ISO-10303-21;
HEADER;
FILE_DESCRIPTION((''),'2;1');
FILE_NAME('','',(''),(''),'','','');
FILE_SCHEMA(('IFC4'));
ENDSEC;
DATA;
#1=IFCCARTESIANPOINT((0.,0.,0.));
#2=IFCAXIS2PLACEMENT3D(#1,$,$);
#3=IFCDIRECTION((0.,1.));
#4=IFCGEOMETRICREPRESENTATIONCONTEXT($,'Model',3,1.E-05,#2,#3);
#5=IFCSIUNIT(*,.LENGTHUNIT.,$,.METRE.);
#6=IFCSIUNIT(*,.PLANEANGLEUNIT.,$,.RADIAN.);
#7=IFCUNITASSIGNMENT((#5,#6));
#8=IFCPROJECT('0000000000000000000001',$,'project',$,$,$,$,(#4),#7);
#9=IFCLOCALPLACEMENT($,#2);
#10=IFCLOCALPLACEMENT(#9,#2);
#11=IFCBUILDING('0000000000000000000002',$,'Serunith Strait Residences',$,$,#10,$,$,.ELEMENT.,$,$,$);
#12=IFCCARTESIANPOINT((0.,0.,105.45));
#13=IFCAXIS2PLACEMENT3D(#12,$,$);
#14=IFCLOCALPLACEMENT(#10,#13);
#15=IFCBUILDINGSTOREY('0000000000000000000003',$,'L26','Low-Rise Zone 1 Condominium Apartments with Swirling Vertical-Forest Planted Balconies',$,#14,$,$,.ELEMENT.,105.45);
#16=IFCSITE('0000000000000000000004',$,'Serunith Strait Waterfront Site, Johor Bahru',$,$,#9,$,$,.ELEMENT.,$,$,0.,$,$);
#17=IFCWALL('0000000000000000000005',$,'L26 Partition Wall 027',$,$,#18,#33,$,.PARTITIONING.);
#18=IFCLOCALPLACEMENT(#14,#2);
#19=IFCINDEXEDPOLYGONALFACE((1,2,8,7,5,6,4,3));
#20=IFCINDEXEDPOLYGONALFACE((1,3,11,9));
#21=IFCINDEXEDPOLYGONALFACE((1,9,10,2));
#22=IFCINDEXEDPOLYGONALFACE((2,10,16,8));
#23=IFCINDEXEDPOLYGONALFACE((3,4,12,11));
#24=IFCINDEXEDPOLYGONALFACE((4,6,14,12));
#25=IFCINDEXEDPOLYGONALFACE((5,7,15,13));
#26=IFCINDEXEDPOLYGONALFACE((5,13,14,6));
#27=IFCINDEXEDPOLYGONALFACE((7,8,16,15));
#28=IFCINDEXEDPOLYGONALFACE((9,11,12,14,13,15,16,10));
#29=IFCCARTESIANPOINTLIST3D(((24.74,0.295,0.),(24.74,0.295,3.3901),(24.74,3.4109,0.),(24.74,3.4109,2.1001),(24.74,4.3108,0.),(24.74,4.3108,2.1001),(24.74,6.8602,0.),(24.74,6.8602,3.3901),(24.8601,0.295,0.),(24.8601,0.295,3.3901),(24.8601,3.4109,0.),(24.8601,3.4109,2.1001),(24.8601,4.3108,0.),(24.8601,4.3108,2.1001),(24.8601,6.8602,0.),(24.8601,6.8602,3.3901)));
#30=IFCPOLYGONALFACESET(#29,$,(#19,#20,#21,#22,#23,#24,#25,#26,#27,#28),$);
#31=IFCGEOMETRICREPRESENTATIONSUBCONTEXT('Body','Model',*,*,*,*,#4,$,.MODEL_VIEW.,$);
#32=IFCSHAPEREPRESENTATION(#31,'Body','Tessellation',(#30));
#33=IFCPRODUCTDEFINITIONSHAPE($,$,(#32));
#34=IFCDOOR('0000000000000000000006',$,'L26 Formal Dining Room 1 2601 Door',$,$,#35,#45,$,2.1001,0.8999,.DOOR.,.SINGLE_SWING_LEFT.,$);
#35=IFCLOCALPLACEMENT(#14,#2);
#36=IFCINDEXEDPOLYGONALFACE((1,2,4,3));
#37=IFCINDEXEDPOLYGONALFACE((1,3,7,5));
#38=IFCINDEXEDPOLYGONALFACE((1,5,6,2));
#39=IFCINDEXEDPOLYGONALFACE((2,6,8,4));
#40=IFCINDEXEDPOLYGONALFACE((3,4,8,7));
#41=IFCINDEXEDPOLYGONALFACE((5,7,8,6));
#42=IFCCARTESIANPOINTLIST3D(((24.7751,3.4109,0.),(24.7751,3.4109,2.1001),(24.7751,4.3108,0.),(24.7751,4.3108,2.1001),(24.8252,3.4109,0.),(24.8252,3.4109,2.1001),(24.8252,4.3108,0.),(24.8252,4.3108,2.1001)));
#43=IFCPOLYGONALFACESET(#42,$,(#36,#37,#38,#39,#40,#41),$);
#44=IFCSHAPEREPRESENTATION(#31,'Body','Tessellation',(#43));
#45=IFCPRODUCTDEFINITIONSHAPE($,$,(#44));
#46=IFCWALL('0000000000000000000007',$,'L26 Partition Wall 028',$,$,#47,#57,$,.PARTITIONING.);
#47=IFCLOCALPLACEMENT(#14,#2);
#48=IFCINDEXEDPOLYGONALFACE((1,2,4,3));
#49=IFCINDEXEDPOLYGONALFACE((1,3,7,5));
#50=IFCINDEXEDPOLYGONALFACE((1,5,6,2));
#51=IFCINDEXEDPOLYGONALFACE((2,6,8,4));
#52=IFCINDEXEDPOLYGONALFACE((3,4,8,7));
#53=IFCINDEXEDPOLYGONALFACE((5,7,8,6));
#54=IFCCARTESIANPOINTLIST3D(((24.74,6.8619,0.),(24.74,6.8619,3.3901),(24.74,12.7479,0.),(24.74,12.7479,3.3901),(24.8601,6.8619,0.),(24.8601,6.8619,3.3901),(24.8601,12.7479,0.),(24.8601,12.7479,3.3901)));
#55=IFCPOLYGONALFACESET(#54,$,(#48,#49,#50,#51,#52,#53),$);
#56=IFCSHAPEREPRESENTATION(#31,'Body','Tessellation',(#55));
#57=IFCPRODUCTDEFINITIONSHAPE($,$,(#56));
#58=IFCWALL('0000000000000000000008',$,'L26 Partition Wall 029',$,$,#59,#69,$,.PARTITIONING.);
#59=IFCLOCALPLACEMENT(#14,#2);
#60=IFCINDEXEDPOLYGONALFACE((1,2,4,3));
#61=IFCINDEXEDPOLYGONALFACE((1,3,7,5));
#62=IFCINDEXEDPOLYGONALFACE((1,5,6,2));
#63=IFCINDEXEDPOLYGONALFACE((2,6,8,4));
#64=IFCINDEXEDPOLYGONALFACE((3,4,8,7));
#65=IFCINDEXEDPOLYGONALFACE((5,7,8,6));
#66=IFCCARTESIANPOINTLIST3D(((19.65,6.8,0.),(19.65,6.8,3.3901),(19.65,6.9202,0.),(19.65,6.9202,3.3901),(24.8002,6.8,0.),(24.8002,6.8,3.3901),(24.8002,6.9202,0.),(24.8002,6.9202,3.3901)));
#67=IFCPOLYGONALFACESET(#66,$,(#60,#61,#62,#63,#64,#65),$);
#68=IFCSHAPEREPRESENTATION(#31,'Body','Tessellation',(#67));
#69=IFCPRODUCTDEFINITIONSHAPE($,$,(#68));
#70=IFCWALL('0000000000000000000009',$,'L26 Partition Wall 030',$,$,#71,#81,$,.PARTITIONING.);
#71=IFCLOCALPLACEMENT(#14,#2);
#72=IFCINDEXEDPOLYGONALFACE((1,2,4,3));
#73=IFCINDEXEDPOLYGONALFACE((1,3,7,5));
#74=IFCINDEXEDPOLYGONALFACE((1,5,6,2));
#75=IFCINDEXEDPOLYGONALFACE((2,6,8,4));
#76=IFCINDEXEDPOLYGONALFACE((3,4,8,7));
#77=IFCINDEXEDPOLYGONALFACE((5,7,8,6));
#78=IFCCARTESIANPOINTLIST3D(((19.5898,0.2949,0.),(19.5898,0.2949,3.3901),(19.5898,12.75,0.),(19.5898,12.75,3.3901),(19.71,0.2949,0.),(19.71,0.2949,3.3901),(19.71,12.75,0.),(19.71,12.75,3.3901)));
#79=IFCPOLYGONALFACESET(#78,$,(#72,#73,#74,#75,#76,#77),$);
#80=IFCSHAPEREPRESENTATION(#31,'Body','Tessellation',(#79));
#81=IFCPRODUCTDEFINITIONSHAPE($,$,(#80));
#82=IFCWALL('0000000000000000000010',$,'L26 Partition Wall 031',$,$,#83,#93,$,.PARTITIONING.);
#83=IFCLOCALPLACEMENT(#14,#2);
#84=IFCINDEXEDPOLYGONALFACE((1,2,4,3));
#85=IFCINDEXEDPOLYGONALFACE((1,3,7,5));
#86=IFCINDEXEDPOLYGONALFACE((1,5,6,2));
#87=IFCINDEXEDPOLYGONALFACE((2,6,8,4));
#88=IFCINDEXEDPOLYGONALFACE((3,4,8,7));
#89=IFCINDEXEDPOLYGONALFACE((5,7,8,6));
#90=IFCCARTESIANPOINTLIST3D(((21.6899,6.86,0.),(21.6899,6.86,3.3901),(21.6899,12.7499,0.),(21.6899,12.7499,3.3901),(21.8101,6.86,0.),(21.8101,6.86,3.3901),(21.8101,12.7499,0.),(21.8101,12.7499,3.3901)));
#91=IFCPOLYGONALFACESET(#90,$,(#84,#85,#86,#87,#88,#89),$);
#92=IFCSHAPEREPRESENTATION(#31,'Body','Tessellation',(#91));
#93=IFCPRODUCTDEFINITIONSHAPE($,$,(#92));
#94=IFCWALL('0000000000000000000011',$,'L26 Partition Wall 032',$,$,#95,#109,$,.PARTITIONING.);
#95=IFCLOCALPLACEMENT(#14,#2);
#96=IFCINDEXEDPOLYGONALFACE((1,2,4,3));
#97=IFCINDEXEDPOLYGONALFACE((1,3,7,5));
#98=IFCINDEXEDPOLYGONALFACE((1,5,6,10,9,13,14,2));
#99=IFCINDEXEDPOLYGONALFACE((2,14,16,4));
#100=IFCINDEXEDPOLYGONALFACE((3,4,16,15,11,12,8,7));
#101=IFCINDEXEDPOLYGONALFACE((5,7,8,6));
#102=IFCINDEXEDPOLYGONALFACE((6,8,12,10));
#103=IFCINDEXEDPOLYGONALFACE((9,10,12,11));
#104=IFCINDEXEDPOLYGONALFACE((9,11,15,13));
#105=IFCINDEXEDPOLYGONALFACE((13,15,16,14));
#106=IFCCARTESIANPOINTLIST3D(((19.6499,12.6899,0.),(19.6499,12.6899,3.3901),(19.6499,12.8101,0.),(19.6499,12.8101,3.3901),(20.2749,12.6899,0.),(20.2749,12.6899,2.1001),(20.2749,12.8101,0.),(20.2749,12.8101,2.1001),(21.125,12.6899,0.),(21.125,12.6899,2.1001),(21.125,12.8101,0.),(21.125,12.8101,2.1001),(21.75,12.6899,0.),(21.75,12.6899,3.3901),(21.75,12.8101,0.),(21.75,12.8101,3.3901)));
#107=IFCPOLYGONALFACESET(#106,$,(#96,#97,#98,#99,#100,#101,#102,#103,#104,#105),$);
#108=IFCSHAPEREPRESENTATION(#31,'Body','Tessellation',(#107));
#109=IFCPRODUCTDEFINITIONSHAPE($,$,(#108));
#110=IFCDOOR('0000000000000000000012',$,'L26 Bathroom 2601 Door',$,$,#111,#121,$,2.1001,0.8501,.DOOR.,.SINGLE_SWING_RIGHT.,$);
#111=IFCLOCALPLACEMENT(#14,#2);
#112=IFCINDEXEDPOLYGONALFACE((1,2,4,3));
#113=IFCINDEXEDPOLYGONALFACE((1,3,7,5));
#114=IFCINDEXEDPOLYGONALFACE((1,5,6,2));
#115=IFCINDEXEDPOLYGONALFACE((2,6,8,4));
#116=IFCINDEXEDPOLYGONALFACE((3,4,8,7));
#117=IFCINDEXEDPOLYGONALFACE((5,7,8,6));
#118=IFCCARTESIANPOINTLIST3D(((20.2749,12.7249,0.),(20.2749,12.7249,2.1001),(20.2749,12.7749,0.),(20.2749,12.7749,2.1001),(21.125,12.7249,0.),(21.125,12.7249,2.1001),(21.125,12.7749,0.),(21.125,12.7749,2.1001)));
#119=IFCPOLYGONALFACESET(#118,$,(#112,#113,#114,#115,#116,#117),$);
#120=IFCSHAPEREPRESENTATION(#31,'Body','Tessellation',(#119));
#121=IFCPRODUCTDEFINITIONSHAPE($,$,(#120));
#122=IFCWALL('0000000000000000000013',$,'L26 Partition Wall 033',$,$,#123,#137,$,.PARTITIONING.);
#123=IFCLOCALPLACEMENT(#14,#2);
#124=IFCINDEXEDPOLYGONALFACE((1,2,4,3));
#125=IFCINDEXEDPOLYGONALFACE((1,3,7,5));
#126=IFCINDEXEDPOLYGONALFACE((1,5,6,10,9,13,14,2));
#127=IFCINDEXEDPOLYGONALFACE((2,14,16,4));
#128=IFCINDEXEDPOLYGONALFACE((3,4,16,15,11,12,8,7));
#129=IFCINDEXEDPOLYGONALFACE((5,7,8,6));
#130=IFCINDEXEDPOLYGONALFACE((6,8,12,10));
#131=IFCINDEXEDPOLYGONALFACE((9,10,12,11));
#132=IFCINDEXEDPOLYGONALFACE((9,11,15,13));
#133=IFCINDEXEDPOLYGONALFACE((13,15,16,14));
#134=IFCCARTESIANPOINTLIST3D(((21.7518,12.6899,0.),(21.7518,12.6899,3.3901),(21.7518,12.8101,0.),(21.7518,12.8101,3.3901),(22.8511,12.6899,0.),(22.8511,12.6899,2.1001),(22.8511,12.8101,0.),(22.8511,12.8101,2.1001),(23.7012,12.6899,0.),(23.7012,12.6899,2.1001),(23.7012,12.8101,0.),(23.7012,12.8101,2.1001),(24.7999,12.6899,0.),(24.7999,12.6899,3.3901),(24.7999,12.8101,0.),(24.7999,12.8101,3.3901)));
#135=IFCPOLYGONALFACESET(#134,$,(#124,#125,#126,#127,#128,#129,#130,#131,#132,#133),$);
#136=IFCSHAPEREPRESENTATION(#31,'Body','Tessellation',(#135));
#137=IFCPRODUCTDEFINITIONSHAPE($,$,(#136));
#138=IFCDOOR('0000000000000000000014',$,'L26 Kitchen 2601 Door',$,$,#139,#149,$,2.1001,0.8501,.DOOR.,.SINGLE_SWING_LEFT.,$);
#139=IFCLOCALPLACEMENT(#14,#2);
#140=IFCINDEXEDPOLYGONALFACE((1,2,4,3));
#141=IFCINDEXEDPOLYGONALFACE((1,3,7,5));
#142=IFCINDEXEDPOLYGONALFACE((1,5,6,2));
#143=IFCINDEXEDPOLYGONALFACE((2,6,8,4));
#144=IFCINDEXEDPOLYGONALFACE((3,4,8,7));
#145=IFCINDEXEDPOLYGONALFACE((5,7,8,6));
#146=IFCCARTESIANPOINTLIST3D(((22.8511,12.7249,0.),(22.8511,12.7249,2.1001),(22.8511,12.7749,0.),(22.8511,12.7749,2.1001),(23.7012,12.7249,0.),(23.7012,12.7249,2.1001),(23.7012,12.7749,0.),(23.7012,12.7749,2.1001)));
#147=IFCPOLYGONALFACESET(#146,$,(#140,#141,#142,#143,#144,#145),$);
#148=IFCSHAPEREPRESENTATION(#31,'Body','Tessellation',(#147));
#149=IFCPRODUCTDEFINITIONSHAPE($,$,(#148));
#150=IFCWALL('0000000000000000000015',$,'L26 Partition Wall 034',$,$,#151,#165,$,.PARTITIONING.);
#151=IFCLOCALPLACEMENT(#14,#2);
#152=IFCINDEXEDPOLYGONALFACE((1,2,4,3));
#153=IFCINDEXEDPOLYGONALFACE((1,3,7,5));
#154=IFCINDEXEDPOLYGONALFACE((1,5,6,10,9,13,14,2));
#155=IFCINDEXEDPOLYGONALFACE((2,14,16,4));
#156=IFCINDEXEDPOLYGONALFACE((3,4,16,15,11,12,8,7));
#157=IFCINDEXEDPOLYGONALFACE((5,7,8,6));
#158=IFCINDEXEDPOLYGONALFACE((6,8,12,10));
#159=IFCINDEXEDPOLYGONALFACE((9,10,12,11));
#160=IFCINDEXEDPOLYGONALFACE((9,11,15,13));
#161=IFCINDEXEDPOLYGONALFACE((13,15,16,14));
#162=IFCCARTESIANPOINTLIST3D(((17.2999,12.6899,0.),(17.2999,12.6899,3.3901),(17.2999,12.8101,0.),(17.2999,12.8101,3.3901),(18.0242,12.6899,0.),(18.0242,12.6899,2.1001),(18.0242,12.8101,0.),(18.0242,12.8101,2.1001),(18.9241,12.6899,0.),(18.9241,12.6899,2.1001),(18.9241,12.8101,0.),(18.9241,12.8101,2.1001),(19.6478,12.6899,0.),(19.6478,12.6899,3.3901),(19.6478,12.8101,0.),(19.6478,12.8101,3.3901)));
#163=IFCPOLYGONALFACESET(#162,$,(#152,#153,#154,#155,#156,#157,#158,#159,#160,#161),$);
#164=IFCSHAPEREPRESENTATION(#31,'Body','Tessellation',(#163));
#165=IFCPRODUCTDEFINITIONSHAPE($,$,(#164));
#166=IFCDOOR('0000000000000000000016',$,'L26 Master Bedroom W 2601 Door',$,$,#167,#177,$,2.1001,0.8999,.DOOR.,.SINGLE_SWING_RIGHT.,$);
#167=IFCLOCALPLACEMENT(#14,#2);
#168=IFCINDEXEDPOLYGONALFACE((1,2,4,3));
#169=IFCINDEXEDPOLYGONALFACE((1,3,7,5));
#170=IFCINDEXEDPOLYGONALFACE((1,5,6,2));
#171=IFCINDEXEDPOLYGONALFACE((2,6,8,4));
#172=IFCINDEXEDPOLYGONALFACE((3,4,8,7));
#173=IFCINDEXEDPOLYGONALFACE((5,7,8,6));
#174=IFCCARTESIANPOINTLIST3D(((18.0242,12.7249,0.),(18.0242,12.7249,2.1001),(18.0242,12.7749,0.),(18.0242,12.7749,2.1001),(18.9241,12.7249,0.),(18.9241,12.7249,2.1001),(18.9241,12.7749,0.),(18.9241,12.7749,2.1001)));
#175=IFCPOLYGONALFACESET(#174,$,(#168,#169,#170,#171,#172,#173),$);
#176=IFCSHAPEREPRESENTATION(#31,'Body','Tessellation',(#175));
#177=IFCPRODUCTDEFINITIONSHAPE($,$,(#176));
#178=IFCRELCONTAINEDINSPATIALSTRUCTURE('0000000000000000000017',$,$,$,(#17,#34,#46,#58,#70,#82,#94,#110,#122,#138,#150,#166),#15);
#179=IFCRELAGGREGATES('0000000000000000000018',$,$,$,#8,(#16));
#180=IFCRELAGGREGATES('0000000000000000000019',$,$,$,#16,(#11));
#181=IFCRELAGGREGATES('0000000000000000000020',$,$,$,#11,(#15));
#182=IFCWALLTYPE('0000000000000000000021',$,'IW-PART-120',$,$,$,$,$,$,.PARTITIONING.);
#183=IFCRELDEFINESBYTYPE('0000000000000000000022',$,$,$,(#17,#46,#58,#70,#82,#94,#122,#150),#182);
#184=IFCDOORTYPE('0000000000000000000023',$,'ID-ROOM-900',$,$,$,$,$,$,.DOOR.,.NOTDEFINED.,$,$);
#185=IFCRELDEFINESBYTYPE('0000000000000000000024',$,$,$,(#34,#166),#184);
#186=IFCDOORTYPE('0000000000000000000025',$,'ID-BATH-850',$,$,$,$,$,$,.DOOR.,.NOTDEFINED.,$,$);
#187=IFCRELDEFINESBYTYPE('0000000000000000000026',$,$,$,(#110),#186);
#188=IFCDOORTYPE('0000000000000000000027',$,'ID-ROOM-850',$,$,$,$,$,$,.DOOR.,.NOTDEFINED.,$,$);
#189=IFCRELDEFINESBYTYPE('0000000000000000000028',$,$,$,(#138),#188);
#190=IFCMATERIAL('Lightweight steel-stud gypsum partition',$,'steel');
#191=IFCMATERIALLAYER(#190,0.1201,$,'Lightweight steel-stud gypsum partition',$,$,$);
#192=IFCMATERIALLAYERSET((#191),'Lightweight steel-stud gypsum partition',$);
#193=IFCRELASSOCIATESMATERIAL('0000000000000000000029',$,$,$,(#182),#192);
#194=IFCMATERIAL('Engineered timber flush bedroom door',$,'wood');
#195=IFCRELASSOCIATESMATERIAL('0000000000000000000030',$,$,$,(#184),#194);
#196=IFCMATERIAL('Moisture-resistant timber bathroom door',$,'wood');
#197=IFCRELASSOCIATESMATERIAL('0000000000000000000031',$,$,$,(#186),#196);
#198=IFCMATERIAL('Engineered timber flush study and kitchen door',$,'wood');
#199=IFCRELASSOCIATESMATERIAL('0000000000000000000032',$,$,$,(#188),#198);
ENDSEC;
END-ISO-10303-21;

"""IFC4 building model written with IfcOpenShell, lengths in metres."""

from ifc_helpers import new_model, si_unit, direction, frame, frame_2d, origin, place, context, subcontext, project, spatial, rectangle, extrude, source, transform, mapped, material, layer, layer_set, type_object, element, fill, save


model = new_model("IFC4")

# Units and contexts
model_context = context("Model", 3, precision=1e-05, world=origin(), true_north=direction((0.0, 1.0)))
body_context = subcontext(model_context, "Body", "Model", "MODEL_VIEW")
ifc_project = project(units=[si_unit("LENGTHUNIT", "METRE"), si_unit("PLANEANGLEUNIT", "RADIAN")], contexts=[model_context])

# Site, building, storey
site_placement = place(None, origin())
site = spatial("IfcSite", under=ifc_project, at=site_placement, Name="Serunith Strait Waterfront Site, Johor Bahru", CompositionType="ELEMENT", RefElevation=0.0)
building_placement = place(site_placement, origin())
building = spatial("IfcBuilding", under=site, at=building_placement, Name="Serunith Strait Residences", CompositionType="ELEMENT")
storey_placement = place(building_placement, frame((0.0, 0.0, 105.45)))
storey = spatial("IfcBuildingStorey", under=building, at=storey_placement, Name="L26", Description="Low-Rise Zone 1 Condominium Apartments with Swirling Vertical-Forest Planted Balconies", CompositionType="ELEMENT", Elevation=105.45)

# Wall, opening, door
ifc_material_1 = material(Name="Lightweight steel-stud gypsum partition", Category="steel")
ifc_layer_1 = layer(ifc_material_1, 0.1201, Name="Lightweight steel-stud gypsum partition")
ifc_layer_set_1 = layer_set([ifc_layer_1], Name="Lightweight steel-stud gypsum partition")
wall_type_1 = type_object("IfcWallType", Name="IW-PART-120", PredefinedType="PARTITIONING", material=ifc_layer_set_1)
ifc_material_2 = material(Name="Engineered timber flush bedroom door", Category="wood")
door_type_1 = type_object("IfcDoorType", Name="ID-ROOM-900", OperationType="NOTDEFINED", PredefinedType="DOOR", material=ifc_material_2)
shared_shape_1 = source(origin(), body_context, "Body", "SweptSolid", [
    extrude(rectangle(XDim=0.8999, YDim=2.1001, at=frame_2d((0.45, 1.05))), frame((0.0, 0.0249, 0.0), z_axis=(0.0, -1.0, 0.0), x_axis=(1.0, 0.0, 0.0)), (0.0, 0.0, 1.0), 0.05),
])
wall_1_placement = place(storey_placement, frame((24.8, 0.2949, 0.0), z_axis=(0.0, 0.0, 1.0), x_axis=(0.0, 1.0, 0.0)))
wall_1 = element("IfcWall", 1, at=wall_1_placement, inside=storey, type_object=wall_type_1, Name="L26 Partition Wall 027", PredefinedType="PARTITIONING", context=body_context, shape_type="SweptSolid", body=[
    extrude(rectangle(XDim=6.5652, YDim=0.1201, at=frame_2d((3.2827, 0.0))), origin(), (0.0, 0.0, 1.0), 3.3901),
])
opening_1_placement = place(wall_1_placement, frame((3.116, 0.0, 0.0)))
opening_1 = element("IfcOpeningElement", 2, at=opening_1_placement, cuts=wall_1, PredefinedType="OPENING", context=body_context, shape_type="SweptSolid", body=[
    extrude(rectangle(XDim=0.8999, YDim=2.1001, at=frame_2d((0.45, 1.05))), frame((0.0, 0.0701, 0.0), z_axis=(0.0, -1.0, 0.0), x_axis=(1.0, 0.0, 0.0)), (0.0, 0.0, 1.0), 0.1401),
])
door_1_placement = place(opening_1_placement, origin())
door_1 = element("IfcDoor", 3, at=door_1_placement, inside=storey, type_object=door_type_1, Name="L26 Formal Dining Room 1 2601 Door", OperationType="SINGLE_SWING_LEFT", OverallHeight=2.1001, OverallWidth=0.8999, PredefinedType="DOOR", context=body_context, shape_type="MappedRepresentation", body=[
    mapped(shared_shape_1, transform((0.0, 0.0, 0.0), scale=1.0)),
])
fill(opening_1, door_1)

# Walls
wall_2_placement = place(storey_placement, frame((24.8, 6.8621, 0.0), z_axis=(0.0, 0.0, 1.0), x_axis=(0.0, 1.0, 0.0)))
element("IfcWall", 4, at=wall_2_placement, inside=storey, type_object=wall_type_1, Name="L26 Partition Wall 028", PredefinedType="PARTITIONING", context=body_context, shape_type="SweptSolid", body=[
    extrude(rectangle(XDim=5.886, YDim=0.1201, at=frame_2d((2.9429, 0.0))), origin(), (0.0, 0.0, 1.0), 3.3901),
])
wall_3_placement = place(storey_placement, frame((19.6499, 6.8601, 0.0), z_axis=(0.0, 0.0, 1.0), x_axis=(1.0, 0.0, 0.0)))
element("IfcWall", 5, at=wall_3_placement, inside=storey, type_object=wall_type_1, Name="L26 Partition Wall 029", PredefinedType="PARTITIONING", context=body_context, shape_type="SweptSolid", body=[
    extrude(rectangle(XDim=5.1501, YDim=0.1201, at=frame_2d((2.5752, 0.0))), origin(), (0.0, 0.0, 1.0), 3.3901),
])
wall_4_placement = place(storey_placement, frame((19.6499, 0.2949, 0.0), z_axis=(0.0, 0.0, 1.0), x_axis=(0.0, 1.0, 0.0)))
element("IfcWall", 6, at=wall_4_placement, inside=storey, type_object=wall_type_1, Name="L26 Partition Wall 030", PredefinedType="PARTITIONING", context=body_context, shape_type="SweptSolid", body=[
    extrude(rectangle(XDim=12.4551, YDim=0.1201, at=frame_2d((6.2275, 0.0))), origin(), (0.0, 0.0, 1.0), 3.3901),
])
wall_5_placement = place(storey_placement, frame((21.75, 6.8601, 0.0), z_axis=(0.0, 0.0, 1.0), x_axis=(0.0, 1.0, 0.0)))
element("IfcWall", 7, at=wall_5_placement, inside=storey, type_object=wall_type_1, Name="L26 Partition Wall 031", PredefinedType="PARTITIONING", context=body_context, shape_type="SweptSolid", body=[
    extrude(rectangle(XDim=5.8899, YDim=0.1201, at=frame_2d((2.9448, 0.0))), origin(), (0.0, 0.0, 1.0), 3.3901),
])

# Walls, openings, doors
wall_6_placement = place(storey_placement, frame((19.6499, 12.75, 0.0), z_axis=(0.0, 0.0, 1.0), x_axis=(1.0, 0.0, 0.0)))
wall_6 = element("IfcWall", 8, at=wall_6_placement, inside=storey, type_object=wall_type_1, Name="L26 Partition Wall 032", PredefinedType="PARTITIONING", context=body_context, shape_type="SweptSolid", body=[
    extrude(rectangle(XDim=2.1001, YDim=0.1201, at=frame_2d((1.05, 0.0))), origin(), (0.0, 0.0, 1.0), 3.3901),
])
opening_2_placement = place(wall_6_placement, frame((0.625, 0.0, 0.0)))
opening_2 = element("IfcOpeningElement", 9, at=opening_2_placement, cuts=wall_6, PredefinedType="OPENING", context=body_context, shape_type="SweptSolid", body=[
    extrude(rectangle(XDim=0.8501, YDim=2.1001, at=frame_2d((0.425, 1.05))), frame((0.0, 0.0701, 0.0), z_axis=(0.0, -1.0, 0.0), x_axis=(1.0, 0.0, 0.0)), (0.0, 0.0, 1.0), 0.1401),
])
ifc_material_3 = material(Name="Moisture-resistant timber bathroom door", Category="wood")
door_type_2 = type_object("IfcDoorType", Name="ID-BATH-850", OperationType="NOTDEFINED", PredefinedType="DOOR", material=ifc_material_3)
shared_shape_2 = source(origin(), body_context, "Body", "SweptSolid", [
    extrude(rectangle(XDim=0.8501, YDim=2.1001, at=frame_2d((0.425, 1.05))), frame((0.0, 0.0249, 0.0), z_axis=(0.0, -1.0, 0.0), x_axis=(1.0, 0.0, 0.0)), (0.0, 0.0, 1.0), 0.05),
])
door_2_placement = place(opening_2_placement, origin())
door_2 = element("IfcDoor", 10, at=door_2_placement, inside=storey, type_object=door_type_2, Name="L26 Bathroom 2601 Door", OperationType="SINGLE_SWING_RIGHT", OverallHeight=2.1001, OverallWidth=0.8501, PredefinedType="DOOR", context=body_context, shape_type="MappedRepresentation", body=[
    mapped(shared_shape_2, transform((0.0, 0.0, 0.0), scale=1.0)),
])
fill(opening_2, door_2)
wall_7_placement = place(storey_placement, frame((21.752, 12.75, 0.0), z_axis=(0.0, 0.0, 1.0), x_axis=(1.0, 0.0, 0.0)))
wall_7 = element("IfcWall", 11, at=wall_7_placement, inside=storey, type_object=wall_type_1, Name="L26 Partition Wall 033", PredefinedType="PARTITIONING", context=body_context, shape_type="SweptSolid", body=[
    extrude(rectangle(XDim=3.0481, YDim=0.1201, at=frame_2d((1.5239, 0.0))), origin(), (0.0, 0.0, 1.0), 3.3901),
])
opening_3_placement = place(wall_7_placement, frame((1.0991, 0.0, 0.0)))
opening_3 = element("IfcOpeningElement", 12, at=opening_3_placement, cuts=wall_7, PredefinedType="OPENING", context=body_context, shape_type="SweptSolid", body=[
    extrude(rectangle(XDim=0.8501, YDim=2.1001, at=frame_2d((0.425, 1.05))), frame((0.0, 0.0701, 0.0), z_axis=(0.0, -1.0, 0.0), x_axis=(1.0, 0.0, 0.0)), (0.0, 0.0, 1.0), 0.1401),
])
ifc_material_4 = material(Name="Engineered timber flush study and kitchen door", Category="wood")
door_type_3 = type_object("IfcDoorType", Name="ID-ROOM-850", OperationType="NOTDEFINED", PredefinedType="DOOR", material=ifc_material_4)
door_3_placement = place(opening_3_placement, origin())
door_3 = element("IfcDoor", 13, at=door_3_placement, inside=storey, type_object=door_type_3, Name="L26 Kitchen 2601 Door", OperationType="SINGLE_SWING_LEFT", OverallHeight=2.1001, OverallWidth=0.8501, PredefinedType="DOOR", context=body_context, shape_type="MappedRepresentation", body=[
    mapped(shared_shape_2, transform((0.0, 0.0, 0.0), scale=1.0)),
])
fill(opening_3, door_3)
wall_8_placement = place(storey_placement, frame((17.3, 12.75, 0.0), z_axis=(0.0, 0.0, 1.0), x_axis=(1.0, 0.0, 0.0)))
wall_8 = element("IfcWall", 14, at=wall_8_placement, inside=storey, type_object=wall_type_1, Name="L26 Partition Wall 034", PredefinedType="PARTITIONING", context=body_context, shape_type="SweptSolid", body=[
    extrude(rectangle(XDim=2.3479, YDim=0.1201, at=frame_2d((1.1738, 0.0))), origin(), (0.0, 0.0, 1.0), 3.3901),
])
opening_4_placement = place(wall_8_placement, frame((0.7241, 0.0, 0.0)))
opening_4 = element("IfcOpeningElement", 15, at=opening_4_placement, cuts=wall_8, PredefinedType="OPENING", context=body_context, shape_type="SweptSolid", body=[
    extrude(rectangle(XDim=0.8999, YDim=2.1001, at=frame_2d((0.45, 1.05))), frame((0.0, 0.0701, 0.0), z_axis=(0.0, -1.0, 0.0), x_axis=(1.0, 0.0, 0.0)), (0.0, 0.0, 1.0), 0.1401),
])
door_4_placement = place(opening_4_placement, origin())
door_4 = element("IfcDoor", 16, at=door_4_placement, inside=storey, type_object=door_type_1, Name="L26 Master Bedroom W 2601 Door", OperationType="SINGLE_SWING_RIGHT", OverallHeight=2.1001, OverallWidth=0.8999, PredefinedType="DOOR", context=body_context, shape_type="MappedRepresentation", body=[
    mapped(shared_shape_1, transform((0.0, 0.0, 0.0), scale=1.0)),
])
fill(opening_4, door_4)

save(model, "model.ifc")
